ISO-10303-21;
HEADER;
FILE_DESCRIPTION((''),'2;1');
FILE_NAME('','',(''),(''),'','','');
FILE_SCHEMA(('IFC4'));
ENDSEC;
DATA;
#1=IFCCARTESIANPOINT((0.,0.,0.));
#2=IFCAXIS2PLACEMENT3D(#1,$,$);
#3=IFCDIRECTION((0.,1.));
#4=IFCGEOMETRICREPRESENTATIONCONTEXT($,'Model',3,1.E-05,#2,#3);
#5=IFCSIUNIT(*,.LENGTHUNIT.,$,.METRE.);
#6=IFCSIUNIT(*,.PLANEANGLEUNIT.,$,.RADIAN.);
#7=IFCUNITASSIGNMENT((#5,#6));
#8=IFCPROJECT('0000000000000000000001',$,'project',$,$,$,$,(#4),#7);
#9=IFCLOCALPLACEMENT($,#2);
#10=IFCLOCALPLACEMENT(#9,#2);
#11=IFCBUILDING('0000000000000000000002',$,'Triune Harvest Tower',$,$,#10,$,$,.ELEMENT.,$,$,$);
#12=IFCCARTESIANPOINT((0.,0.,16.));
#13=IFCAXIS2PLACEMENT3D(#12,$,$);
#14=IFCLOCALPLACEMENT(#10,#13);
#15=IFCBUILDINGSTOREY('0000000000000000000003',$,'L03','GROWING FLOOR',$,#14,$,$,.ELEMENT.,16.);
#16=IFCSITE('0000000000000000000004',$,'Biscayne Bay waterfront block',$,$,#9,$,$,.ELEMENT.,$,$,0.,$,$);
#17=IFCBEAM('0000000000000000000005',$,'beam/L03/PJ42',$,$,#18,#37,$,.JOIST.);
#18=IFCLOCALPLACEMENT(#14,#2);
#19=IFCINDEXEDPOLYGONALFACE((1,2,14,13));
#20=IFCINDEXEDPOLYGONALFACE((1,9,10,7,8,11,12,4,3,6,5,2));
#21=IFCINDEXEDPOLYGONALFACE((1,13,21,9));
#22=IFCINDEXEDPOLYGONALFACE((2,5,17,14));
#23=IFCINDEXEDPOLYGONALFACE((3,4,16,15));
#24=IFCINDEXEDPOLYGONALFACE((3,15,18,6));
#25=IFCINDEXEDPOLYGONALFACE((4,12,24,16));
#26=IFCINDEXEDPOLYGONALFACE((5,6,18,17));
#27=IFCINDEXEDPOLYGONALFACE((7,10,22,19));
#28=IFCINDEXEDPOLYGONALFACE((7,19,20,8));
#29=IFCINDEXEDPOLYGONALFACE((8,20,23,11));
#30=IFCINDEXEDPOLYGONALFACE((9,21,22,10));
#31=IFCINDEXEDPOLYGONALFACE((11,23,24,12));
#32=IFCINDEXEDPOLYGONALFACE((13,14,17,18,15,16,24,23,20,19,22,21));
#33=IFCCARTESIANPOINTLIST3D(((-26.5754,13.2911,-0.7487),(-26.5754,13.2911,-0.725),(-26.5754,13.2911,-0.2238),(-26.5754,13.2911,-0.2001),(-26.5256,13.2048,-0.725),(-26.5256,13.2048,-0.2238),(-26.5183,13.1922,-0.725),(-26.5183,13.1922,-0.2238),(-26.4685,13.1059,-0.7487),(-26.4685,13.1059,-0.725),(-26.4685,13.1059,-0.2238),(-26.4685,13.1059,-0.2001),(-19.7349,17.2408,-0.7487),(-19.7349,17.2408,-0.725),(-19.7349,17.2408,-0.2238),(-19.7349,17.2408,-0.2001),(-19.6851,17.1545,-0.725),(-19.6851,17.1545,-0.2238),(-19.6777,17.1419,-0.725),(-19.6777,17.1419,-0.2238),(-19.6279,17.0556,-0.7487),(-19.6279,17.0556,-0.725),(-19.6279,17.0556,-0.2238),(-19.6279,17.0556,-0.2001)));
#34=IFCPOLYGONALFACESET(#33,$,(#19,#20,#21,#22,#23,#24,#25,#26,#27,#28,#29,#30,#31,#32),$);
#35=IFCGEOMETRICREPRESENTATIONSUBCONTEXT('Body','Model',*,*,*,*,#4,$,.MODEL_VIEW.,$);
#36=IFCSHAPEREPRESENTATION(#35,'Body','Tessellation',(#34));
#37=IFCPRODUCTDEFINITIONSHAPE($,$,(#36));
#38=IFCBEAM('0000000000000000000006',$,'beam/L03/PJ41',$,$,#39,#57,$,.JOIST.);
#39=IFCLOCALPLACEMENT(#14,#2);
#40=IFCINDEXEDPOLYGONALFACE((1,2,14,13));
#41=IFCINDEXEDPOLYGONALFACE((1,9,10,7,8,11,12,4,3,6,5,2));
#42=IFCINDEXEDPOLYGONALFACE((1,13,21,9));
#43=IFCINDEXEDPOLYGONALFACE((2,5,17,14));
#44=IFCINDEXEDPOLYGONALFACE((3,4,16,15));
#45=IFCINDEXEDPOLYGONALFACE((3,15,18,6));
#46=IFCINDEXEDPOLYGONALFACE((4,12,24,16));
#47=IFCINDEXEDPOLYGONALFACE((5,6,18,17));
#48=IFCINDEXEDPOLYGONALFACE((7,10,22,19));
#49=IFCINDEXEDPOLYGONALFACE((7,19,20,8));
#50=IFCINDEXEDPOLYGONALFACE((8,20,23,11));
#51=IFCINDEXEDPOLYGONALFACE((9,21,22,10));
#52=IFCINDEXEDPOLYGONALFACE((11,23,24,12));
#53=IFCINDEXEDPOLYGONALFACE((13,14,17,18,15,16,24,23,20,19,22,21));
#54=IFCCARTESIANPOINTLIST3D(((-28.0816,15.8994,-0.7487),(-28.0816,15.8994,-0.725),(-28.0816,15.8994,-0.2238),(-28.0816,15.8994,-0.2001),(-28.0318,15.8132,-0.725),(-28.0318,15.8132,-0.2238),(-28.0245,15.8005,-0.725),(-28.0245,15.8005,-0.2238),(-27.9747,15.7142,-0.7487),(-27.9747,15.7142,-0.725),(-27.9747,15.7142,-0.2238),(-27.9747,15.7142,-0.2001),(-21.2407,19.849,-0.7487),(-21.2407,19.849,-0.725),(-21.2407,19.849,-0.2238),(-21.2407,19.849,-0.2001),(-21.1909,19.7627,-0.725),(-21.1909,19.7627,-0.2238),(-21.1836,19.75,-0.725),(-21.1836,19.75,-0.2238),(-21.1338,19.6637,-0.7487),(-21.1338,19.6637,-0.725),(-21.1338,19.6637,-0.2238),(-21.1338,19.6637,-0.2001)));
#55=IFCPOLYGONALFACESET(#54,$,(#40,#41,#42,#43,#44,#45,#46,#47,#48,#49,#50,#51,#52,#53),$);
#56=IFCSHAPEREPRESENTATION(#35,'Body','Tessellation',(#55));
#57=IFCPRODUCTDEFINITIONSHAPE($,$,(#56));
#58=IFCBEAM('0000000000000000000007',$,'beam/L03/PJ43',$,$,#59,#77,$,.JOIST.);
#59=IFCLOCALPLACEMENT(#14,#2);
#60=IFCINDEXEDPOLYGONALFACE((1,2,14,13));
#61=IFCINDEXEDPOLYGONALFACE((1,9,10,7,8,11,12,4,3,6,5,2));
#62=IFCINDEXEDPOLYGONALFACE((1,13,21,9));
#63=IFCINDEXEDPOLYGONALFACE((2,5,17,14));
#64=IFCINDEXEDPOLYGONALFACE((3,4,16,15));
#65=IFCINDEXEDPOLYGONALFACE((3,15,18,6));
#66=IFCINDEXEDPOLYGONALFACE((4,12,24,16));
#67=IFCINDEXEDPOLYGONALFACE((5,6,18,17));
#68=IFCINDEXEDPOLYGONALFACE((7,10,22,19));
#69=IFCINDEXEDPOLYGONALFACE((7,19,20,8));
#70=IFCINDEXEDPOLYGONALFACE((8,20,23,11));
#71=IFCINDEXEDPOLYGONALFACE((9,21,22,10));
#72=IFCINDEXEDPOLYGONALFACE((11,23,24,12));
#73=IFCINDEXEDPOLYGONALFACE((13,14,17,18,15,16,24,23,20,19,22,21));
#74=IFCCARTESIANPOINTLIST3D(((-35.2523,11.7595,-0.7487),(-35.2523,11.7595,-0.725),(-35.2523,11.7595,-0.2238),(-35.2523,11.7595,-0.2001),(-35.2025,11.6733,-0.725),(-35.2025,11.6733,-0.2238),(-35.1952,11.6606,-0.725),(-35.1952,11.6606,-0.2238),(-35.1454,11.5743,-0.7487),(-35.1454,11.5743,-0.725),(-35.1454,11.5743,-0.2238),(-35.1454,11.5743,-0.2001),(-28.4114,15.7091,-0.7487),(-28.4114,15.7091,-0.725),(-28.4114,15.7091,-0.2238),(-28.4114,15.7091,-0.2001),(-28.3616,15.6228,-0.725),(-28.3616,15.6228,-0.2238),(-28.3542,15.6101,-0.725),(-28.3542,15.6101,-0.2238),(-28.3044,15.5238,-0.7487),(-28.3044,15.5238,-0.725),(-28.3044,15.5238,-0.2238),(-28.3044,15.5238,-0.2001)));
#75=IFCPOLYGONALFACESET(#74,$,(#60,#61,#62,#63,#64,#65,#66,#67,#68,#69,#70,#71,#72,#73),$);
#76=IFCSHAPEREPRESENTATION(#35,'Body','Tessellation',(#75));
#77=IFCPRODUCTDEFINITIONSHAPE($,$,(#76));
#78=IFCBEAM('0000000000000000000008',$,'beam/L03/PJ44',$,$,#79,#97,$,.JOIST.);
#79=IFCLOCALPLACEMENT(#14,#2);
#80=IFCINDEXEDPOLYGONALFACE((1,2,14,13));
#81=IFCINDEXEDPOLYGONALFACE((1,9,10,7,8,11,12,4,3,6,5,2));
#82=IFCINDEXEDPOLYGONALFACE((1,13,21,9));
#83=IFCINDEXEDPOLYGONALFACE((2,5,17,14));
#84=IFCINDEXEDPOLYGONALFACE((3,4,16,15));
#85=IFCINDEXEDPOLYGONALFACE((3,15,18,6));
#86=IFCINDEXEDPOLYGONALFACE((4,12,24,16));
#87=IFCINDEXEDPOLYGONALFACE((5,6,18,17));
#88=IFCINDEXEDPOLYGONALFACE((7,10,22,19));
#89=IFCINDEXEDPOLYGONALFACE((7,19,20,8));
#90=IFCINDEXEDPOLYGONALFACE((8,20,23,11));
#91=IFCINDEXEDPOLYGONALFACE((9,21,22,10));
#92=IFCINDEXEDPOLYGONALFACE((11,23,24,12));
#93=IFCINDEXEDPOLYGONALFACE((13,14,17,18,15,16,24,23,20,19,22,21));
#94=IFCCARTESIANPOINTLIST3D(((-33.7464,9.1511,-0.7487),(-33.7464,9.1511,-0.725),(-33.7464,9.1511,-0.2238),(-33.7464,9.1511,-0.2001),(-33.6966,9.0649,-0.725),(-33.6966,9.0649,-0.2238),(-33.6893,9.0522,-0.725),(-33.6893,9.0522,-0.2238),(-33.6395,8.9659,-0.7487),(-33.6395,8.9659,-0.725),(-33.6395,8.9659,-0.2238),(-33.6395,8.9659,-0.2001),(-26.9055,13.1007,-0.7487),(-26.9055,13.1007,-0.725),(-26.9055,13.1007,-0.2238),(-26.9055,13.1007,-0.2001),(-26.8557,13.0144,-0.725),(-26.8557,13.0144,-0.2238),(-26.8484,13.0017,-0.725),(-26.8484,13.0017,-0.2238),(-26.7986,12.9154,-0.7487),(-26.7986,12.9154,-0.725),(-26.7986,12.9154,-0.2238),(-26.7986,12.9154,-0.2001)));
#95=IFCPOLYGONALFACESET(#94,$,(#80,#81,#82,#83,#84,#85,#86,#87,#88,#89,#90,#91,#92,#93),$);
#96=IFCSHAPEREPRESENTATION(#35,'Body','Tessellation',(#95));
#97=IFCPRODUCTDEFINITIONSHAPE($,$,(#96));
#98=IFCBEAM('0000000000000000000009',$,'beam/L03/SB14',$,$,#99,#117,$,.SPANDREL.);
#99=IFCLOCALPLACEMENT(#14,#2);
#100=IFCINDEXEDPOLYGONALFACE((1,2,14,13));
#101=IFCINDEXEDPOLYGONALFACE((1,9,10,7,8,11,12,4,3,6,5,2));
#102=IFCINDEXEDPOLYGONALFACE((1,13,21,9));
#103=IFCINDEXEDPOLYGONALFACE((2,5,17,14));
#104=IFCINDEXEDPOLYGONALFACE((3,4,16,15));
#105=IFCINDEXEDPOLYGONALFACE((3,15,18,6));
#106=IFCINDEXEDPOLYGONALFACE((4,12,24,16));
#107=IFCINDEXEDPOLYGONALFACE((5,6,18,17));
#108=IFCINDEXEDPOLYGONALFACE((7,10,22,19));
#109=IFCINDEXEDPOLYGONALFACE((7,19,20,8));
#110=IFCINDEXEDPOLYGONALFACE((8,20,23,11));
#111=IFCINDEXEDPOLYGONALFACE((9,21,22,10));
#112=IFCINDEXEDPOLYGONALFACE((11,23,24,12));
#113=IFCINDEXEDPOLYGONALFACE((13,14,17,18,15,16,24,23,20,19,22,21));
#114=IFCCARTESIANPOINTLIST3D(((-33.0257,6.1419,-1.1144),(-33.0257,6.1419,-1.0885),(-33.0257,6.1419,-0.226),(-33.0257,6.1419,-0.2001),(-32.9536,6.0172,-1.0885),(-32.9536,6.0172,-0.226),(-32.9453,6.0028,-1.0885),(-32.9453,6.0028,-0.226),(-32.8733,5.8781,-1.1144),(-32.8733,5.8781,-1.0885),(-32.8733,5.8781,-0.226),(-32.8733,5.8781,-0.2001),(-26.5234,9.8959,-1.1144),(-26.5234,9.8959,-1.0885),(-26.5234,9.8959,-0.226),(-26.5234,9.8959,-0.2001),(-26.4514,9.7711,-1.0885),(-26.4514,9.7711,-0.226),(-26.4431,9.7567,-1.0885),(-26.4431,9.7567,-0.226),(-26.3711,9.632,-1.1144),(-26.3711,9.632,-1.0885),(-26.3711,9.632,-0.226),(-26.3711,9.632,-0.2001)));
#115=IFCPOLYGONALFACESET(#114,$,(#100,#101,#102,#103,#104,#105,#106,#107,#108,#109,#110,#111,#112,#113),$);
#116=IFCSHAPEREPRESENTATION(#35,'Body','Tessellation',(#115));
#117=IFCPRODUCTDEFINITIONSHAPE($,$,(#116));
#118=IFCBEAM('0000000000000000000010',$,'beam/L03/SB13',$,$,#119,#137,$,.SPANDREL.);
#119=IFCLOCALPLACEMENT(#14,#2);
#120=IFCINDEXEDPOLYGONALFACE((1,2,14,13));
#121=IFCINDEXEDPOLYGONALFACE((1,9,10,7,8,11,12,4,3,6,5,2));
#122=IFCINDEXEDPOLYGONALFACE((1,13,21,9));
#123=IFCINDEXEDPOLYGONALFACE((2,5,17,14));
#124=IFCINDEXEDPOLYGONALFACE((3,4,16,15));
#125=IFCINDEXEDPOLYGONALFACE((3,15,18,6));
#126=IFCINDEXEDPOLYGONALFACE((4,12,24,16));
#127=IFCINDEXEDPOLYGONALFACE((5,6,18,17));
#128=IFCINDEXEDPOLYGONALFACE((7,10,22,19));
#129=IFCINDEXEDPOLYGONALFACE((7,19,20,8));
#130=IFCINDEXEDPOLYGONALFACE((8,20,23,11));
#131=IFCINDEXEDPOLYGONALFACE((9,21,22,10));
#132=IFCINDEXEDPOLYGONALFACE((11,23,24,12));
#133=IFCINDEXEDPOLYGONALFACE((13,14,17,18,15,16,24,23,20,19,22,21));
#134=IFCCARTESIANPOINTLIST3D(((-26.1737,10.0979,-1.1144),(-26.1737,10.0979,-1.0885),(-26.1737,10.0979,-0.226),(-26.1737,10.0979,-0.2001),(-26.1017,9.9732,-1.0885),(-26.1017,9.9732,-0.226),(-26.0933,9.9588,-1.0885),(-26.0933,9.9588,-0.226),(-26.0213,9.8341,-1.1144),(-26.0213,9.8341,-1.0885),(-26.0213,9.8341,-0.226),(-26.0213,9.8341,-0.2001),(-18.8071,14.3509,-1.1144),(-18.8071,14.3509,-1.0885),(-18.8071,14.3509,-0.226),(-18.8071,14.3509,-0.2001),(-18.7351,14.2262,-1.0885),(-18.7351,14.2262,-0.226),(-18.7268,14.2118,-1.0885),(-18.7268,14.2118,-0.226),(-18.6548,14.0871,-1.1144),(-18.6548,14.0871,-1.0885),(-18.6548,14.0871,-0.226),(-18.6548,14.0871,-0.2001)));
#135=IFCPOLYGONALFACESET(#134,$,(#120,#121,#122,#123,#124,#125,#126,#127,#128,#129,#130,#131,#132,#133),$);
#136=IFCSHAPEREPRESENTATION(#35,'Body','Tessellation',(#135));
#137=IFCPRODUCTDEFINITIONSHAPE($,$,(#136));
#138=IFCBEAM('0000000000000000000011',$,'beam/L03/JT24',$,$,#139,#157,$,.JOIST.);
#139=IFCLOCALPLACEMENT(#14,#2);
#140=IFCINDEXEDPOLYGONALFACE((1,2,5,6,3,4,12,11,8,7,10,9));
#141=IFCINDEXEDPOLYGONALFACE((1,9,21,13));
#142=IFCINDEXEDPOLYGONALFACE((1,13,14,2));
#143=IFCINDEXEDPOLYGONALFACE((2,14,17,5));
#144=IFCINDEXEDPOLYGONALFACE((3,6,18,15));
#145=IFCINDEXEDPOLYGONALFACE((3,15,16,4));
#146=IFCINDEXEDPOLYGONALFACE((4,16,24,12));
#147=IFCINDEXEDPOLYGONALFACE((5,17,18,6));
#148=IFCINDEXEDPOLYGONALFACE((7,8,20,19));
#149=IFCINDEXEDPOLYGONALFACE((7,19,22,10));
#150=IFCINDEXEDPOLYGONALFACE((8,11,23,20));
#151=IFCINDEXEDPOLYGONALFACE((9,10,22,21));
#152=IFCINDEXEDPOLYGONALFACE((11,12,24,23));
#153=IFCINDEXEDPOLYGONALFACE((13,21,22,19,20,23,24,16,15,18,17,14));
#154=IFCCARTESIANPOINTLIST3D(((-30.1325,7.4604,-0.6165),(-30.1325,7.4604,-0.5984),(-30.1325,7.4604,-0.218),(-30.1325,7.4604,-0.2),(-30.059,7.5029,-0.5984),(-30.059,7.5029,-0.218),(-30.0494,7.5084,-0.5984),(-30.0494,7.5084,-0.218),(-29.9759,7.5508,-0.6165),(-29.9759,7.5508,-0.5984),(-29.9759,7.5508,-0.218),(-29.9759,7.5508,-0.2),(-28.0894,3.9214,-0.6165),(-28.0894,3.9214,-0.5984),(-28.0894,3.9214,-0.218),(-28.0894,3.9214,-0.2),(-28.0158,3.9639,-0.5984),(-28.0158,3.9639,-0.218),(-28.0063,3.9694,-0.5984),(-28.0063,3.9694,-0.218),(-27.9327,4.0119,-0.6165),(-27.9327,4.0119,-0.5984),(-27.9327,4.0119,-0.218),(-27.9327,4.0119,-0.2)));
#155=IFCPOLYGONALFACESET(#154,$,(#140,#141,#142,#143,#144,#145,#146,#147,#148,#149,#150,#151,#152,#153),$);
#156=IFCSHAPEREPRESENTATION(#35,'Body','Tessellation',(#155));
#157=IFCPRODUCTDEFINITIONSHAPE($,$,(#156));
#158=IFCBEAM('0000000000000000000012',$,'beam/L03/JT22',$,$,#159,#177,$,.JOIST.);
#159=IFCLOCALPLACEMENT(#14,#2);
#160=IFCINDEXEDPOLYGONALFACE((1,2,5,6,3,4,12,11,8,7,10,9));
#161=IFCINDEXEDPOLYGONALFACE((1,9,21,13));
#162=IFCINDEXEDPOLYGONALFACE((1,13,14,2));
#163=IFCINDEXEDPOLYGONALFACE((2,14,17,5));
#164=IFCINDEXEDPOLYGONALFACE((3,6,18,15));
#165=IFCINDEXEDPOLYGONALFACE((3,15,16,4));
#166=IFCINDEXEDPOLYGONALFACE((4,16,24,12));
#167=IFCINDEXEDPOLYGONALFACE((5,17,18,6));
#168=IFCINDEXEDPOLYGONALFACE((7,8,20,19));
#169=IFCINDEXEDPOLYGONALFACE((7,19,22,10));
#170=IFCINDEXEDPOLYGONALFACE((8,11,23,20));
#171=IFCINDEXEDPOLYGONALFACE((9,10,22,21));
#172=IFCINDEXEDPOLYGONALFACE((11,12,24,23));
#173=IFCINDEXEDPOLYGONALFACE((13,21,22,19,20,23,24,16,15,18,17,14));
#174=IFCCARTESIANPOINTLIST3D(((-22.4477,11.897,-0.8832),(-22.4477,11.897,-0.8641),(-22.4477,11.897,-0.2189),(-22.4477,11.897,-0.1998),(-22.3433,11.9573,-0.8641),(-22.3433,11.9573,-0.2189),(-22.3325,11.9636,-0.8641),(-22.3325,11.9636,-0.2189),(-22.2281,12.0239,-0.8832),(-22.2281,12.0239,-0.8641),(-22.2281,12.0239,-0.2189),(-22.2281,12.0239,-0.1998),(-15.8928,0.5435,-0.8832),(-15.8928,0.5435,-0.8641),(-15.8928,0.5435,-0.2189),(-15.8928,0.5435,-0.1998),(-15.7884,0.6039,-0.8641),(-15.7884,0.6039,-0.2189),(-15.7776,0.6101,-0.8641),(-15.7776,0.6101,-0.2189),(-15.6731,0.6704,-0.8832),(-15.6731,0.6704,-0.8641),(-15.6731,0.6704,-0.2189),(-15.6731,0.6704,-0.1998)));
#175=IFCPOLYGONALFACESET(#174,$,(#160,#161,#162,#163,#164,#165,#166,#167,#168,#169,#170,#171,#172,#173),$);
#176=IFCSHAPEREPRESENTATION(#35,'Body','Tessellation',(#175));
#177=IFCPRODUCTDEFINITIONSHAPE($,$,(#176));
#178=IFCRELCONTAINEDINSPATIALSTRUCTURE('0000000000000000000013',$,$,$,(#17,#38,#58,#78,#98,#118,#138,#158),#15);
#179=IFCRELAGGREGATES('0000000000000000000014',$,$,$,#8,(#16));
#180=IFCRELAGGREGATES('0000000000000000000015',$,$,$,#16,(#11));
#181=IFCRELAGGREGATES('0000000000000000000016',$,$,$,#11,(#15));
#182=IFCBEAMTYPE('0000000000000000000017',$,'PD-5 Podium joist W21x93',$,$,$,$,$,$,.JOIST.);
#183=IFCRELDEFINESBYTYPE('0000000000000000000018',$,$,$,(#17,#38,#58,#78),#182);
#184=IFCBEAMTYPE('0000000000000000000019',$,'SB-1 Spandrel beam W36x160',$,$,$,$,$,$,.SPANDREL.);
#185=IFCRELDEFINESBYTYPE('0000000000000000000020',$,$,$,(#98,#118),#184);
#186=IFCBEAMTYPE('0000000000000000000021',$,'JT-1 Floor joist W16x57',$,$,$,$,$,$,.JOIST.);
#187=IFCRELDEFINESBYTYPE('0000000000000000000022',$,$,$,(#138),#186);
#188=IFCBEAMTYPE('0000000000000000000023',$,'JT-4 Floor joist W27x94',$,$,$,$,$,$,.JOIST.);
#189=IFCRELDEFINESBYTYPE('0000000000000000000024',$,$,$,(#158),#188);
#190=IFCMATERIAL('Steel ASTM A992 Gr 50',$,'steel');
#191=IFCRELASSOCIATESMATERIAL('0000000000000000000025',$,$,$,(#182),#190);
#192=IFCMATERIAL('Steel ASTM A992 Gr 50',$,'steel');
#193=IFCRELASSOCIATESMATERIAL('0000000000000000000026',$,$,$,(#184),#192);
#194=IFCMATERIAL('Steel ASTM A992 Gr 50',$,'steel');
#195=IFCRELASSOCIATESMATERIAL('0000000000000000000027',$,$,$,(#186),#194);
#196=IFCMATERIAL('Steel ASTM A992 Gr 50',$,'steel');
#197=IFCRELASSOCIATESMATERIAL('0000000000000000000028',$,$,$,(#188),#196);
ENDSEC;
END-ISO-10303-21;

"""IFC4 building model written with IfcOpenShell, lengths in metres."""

from ifc_helpers import new_model, si_unit, direction, frame, origin, origin_2d, place, context, subcontext, project, spatial, i_section, extrude, source, transform, mapped, material, material_profile, profile_set, type_object, element, save


model = new_model("IFC4")

# Units and contexts
model_context = context("Model", 3, precision=1e-05, world=origin(), true_north=direction((0.0, 1.0)))
body_context = subcontext(model_context, "Body", "Model", "MODEL_VIEW")
ifc_project = project(units=[si_unit("LENGTHUNIT", "METRE"), si_unit("PLANEANGLEUNIT", "RADIAN")], contexts=[model_context])

# Site, building, storey
site_placement = place(None, origin())
site = spatial("IfcSite", under=ifc_project, at=site_placement, Name="Biscayne Bay waterfront block", CompositionType="ELEMENT", RefElevation=0.0)
building_placement = place(site_placement, origin())
building = spatial("IfcBuilding", under=site, at=building_placement, Name="Triune Harvest Tower", CompositionType="ELEMENT")
storey_placement = place(building_placement, frame((0.0, 0.0, 16.0)))
storey = spatial("IfcBuildingStorey", under=building, at=storey_placement, Name="L03", Description="GROWING FLOOR", CompositionType="ELEMENT", Elevation=16.0)

# Beams
ifc_material_1 = material(Name="Steel ASTM A992 Gr 50", Category="steel")
ifc_material_profile_1 = material_profile(ifc_material_1, i_section(OverallWidth=0.2139, OverallDepth=0.5486, WebThickness=0.0146, FlangeThickness=0.0237, at=origin_2d()), Name="W21x93")
ifc_profile_set_1 = profile_set([ifc_material_profile_1], Name="Steel ASTM A992 Gr 50")
beam_type_1 = type_object("IfcBeamType", Name="PD-5 Podium joist W21x93", PredefinedType="JOIST", material=ifc_profile_set_1)
shared_shape_1 = source(origin(), body_context, "Body", "SweptSolid", [
    extrude(i_section(OverallWidth=0.2139, OverallDepth=0.5486, WebThickness=0.0146, FlangeThickness=0.0237, at=origin_2d()), origin(), (0.0, 0.0, 1.0), 7.8989),
])
beam_1_placement = place(storey_placement, frame((-19.6814, 17.1482, -0.4744), z_axis=(-0.866009, -0.500028, 0.0), x_axis=(0.500028, -0.866009, 0.0)))
element("IfcBeam", 1, at=beam_1_placement, inside=storey, type_object=beam_type_1, Name="beam/L03/PJ42", PredefinedType="JOIST", context=body_context, shape_type="MappedRepresentation", body=[
    mapped(shared_shape_1, transform((0.0, 0.0, 0.0), scale=1.0)),
])
shared_shape_2 = source(origin(), body_context, "Body", "SweptSolid", [
    extrude(i_section(OverallWidth=0.2139, OverallDepth=0.5486, WebThickness=0.0146, FlangeThickness=0.0237, at=origin_2d()), origin(), (0.0, 0.0, 1.0), 7.8992),
])
for number, where, z_axis, x_axis, name in (
    (2, (-21.1873, 19.7563, -0.4744), (-0.86603, -0.499992, 0.0), (0.499992, -0.86603, 0.0), "beam/L03/PJ41"),
    (3, (-28.3579, 15.6165, -0.4744), (-0.86603, -0.499992, 0.0), (0.499992, -0.86603, 0.0), "beam/L03/PJ43"),
    (4, (-26.8521, 13.0081, -0.4744), (-0.86603, -0.499992, 0.0), (0.499992, -0.86603, 0.0), "beam/L03/PJ44"),
):
    element("IfcBeam", number, at=place(storey_placement, frame(where, z_axis=z_axis, x_axis=x_axis)), inside=storey, type_object=beam_type_1, Name=name, PredefinedType="JOIST", context=body_context, shape_type="MappedRepresentation", body=[
        mapped(shared_shape_2, transform((0.0, 0.0, 0.0), scale=1.0)),
    ])
ifc_material_2 = material(Name="Steel ASTM A992 Gr 50", Category="steel")
ifc_material_profile_2 = material_profile(ifc_material_2, i_section(OverallWidth=0.3047, OverallDepth=0.9143, WebThickness=0.0166, FlangeThickness=0.0259, at=origin_2d()), Name="W36x160")
ifc_profile_set_2 = profile_set([ifc_material_profile_2], Name="Steel ASTM A992 Gr 50")
beam_type_2 = type_object("IfcBeamType", Name="SB-1 Spandrel beam W36x160", PredefinedType="SPANDREL", material=ifc_profile_set_2)
shared_shape_3 = source(origin(), body_context, "Body", "SweptSolid", [
    extrude(i_section(OverallWidth=0.3047, OverallDepth=0.9143, WebThickness=0.0166, FlangeThickness=0.0259, at=origin_2d()), origin(), (0.0, 0.0, 1.0), 7.5081),
])
beam_2_placement = place(storey_placement, frame((-26.4473, 9.7639, -0.6572), z_axis=(-0.866033, -0.499986, 0.0), x_axis=(0.499986, -0.866033, 0.0)))
element("IfcBeam", 5, at=beam_2_placement, inside=storey, type_object=beam_type_2, Name="beam/L03/SB14", PredefinedType="SPANDREL", context=body_context, shape_type="MappedRepresentation", body=[
    mapped(shared_shape_3, transform((0.0, 0.0, 0.0), scale=1.0)),
])
shared_shape_4 = source(origin(), body_context, "Body", "SweptSolid", [
    extrude(i_section(OverallWidth=0.3047, OverallDepth=0.9143, WebThickness=0.0166, FlangeThickness=0.0259, at=origin_2d()), origin(), (0.0, 0.0, 1.0), 8.5061),
])
beam_3_placement = place(storey_placement, frame((-18.731, 14.219, -0.6572), z_axis=(-0.86603, -0.499992, 0.0), x_axis=(0.499992, -0.86603, 0.0)))
element("IfcBeam", 6, at=beam_3_placement, inside=storey, type_object=beam_type_2, Name="beam/L03/SB13", PredefinedType="SPANDREL", context=body_context, shape_type="MappedRepresentation", body=[
    mapped(shared_shape_4, transform((0.0, 0.0, 0.0), scale=1.0)),
])
ifc_material_3 = material(Name="Steel ASTM A992 Gr 50", Category="steel")
ifc_material_profile_3 = material_profile(ifc_material_3, i_section(OverallWidth=0.1809, OverallDepth=0.4165, WebThickness=0.011, FlangeThickness=0.0181, at=origin_2d()), Name="W16x57")
ifc_profile_set_3 = profile_set([ifc_material_profile_3], Name="Steel ASTM A992 Gr 50")
beam_type_3 = type_object("IfcBeamType", Name="JT-1 Floor joist W16x57", PredefinedType="JOIST", material=ifc_profile_set_3)
shared_shape_5 = source(origin(), body_context, "Body", "SweptSolid", [
    extrude(i_section(OverallWidth=0.1809, OverallDepth=0.4165, WebThickness=0.011, FlangeThickness=0.0181, at=origin_2d()), origin(), (0.0, 0.0, 1.0), 4.0864),
])
beam_4_placement = place(storey_placement, frame((-30.0542, 7.5056, -0.4082), z_axis=(0.499988, -0.866032, 0.0), x_axis=(0.866032, 0.499988, 0.0)))
element("IfcBeam", 7, at=beam_4_placement, inside=storey, type_object=beam_type_3, Name="beam/L03/JT24", PredefinedType="JOIST", context=body_context, shape_type="MappedRepresentation", body=[
    mapped(shared_shape_5, transform((0.0, 0.0, 0.0), scale=1.0)),
])
ifc_material_4 = material(Name="Steel ASTM A992 Gr 50", Category="steel")
ifc_material_profile_4 = material_profile(ifc_material_4, i_section(OverallWidth=0.2537, OverallDepth=0.6833, WebThickness=0.0125, FlangeThickness=0.019, at=origin_2d()), Name="W27x94")
ifc_profile_set_4 = profile_set([ifc_material_profile_4], Name="Steel ASTM A992 Gr 50")
beam_type_4 = type_object("IfcBeamType", Name="JT-4 Floor joist W27x94", PredefinedType="JOIST", material=ifc_profile_set_4)
shared_shape_6 = source(origin(), body_context, "Body", "SweptSolid", [
    extrude(i_section(OverallWidth=0.2537, OverallDepth=0.6833, WebThickness=0.0125, FlangeThickness=0.019, at=origin_2d()), origin(), (0.0, 0.0, 1.0), 13.1099),
])
beam_5_placement = place(storey_placement, frame((-22.3379, 11.9604, -0.5415), z_axis=(0.499999, -0.866026, 0.0), x_axis=(0.866026, 0.499999, 0.0)))
element("IfcBeam", 8, at=beam_5_placement, inside=storey, type_object=beam_type_4, Name="beam/L03/JT22", PredefinedType="JOIST", context=body_context, shape_type="MappedRepresentation", body=[
    mapped(shared_shape_6, transform((0.0, 0.0, 0.0), scale=1.0)),
])

save(model, "model.ifc")
